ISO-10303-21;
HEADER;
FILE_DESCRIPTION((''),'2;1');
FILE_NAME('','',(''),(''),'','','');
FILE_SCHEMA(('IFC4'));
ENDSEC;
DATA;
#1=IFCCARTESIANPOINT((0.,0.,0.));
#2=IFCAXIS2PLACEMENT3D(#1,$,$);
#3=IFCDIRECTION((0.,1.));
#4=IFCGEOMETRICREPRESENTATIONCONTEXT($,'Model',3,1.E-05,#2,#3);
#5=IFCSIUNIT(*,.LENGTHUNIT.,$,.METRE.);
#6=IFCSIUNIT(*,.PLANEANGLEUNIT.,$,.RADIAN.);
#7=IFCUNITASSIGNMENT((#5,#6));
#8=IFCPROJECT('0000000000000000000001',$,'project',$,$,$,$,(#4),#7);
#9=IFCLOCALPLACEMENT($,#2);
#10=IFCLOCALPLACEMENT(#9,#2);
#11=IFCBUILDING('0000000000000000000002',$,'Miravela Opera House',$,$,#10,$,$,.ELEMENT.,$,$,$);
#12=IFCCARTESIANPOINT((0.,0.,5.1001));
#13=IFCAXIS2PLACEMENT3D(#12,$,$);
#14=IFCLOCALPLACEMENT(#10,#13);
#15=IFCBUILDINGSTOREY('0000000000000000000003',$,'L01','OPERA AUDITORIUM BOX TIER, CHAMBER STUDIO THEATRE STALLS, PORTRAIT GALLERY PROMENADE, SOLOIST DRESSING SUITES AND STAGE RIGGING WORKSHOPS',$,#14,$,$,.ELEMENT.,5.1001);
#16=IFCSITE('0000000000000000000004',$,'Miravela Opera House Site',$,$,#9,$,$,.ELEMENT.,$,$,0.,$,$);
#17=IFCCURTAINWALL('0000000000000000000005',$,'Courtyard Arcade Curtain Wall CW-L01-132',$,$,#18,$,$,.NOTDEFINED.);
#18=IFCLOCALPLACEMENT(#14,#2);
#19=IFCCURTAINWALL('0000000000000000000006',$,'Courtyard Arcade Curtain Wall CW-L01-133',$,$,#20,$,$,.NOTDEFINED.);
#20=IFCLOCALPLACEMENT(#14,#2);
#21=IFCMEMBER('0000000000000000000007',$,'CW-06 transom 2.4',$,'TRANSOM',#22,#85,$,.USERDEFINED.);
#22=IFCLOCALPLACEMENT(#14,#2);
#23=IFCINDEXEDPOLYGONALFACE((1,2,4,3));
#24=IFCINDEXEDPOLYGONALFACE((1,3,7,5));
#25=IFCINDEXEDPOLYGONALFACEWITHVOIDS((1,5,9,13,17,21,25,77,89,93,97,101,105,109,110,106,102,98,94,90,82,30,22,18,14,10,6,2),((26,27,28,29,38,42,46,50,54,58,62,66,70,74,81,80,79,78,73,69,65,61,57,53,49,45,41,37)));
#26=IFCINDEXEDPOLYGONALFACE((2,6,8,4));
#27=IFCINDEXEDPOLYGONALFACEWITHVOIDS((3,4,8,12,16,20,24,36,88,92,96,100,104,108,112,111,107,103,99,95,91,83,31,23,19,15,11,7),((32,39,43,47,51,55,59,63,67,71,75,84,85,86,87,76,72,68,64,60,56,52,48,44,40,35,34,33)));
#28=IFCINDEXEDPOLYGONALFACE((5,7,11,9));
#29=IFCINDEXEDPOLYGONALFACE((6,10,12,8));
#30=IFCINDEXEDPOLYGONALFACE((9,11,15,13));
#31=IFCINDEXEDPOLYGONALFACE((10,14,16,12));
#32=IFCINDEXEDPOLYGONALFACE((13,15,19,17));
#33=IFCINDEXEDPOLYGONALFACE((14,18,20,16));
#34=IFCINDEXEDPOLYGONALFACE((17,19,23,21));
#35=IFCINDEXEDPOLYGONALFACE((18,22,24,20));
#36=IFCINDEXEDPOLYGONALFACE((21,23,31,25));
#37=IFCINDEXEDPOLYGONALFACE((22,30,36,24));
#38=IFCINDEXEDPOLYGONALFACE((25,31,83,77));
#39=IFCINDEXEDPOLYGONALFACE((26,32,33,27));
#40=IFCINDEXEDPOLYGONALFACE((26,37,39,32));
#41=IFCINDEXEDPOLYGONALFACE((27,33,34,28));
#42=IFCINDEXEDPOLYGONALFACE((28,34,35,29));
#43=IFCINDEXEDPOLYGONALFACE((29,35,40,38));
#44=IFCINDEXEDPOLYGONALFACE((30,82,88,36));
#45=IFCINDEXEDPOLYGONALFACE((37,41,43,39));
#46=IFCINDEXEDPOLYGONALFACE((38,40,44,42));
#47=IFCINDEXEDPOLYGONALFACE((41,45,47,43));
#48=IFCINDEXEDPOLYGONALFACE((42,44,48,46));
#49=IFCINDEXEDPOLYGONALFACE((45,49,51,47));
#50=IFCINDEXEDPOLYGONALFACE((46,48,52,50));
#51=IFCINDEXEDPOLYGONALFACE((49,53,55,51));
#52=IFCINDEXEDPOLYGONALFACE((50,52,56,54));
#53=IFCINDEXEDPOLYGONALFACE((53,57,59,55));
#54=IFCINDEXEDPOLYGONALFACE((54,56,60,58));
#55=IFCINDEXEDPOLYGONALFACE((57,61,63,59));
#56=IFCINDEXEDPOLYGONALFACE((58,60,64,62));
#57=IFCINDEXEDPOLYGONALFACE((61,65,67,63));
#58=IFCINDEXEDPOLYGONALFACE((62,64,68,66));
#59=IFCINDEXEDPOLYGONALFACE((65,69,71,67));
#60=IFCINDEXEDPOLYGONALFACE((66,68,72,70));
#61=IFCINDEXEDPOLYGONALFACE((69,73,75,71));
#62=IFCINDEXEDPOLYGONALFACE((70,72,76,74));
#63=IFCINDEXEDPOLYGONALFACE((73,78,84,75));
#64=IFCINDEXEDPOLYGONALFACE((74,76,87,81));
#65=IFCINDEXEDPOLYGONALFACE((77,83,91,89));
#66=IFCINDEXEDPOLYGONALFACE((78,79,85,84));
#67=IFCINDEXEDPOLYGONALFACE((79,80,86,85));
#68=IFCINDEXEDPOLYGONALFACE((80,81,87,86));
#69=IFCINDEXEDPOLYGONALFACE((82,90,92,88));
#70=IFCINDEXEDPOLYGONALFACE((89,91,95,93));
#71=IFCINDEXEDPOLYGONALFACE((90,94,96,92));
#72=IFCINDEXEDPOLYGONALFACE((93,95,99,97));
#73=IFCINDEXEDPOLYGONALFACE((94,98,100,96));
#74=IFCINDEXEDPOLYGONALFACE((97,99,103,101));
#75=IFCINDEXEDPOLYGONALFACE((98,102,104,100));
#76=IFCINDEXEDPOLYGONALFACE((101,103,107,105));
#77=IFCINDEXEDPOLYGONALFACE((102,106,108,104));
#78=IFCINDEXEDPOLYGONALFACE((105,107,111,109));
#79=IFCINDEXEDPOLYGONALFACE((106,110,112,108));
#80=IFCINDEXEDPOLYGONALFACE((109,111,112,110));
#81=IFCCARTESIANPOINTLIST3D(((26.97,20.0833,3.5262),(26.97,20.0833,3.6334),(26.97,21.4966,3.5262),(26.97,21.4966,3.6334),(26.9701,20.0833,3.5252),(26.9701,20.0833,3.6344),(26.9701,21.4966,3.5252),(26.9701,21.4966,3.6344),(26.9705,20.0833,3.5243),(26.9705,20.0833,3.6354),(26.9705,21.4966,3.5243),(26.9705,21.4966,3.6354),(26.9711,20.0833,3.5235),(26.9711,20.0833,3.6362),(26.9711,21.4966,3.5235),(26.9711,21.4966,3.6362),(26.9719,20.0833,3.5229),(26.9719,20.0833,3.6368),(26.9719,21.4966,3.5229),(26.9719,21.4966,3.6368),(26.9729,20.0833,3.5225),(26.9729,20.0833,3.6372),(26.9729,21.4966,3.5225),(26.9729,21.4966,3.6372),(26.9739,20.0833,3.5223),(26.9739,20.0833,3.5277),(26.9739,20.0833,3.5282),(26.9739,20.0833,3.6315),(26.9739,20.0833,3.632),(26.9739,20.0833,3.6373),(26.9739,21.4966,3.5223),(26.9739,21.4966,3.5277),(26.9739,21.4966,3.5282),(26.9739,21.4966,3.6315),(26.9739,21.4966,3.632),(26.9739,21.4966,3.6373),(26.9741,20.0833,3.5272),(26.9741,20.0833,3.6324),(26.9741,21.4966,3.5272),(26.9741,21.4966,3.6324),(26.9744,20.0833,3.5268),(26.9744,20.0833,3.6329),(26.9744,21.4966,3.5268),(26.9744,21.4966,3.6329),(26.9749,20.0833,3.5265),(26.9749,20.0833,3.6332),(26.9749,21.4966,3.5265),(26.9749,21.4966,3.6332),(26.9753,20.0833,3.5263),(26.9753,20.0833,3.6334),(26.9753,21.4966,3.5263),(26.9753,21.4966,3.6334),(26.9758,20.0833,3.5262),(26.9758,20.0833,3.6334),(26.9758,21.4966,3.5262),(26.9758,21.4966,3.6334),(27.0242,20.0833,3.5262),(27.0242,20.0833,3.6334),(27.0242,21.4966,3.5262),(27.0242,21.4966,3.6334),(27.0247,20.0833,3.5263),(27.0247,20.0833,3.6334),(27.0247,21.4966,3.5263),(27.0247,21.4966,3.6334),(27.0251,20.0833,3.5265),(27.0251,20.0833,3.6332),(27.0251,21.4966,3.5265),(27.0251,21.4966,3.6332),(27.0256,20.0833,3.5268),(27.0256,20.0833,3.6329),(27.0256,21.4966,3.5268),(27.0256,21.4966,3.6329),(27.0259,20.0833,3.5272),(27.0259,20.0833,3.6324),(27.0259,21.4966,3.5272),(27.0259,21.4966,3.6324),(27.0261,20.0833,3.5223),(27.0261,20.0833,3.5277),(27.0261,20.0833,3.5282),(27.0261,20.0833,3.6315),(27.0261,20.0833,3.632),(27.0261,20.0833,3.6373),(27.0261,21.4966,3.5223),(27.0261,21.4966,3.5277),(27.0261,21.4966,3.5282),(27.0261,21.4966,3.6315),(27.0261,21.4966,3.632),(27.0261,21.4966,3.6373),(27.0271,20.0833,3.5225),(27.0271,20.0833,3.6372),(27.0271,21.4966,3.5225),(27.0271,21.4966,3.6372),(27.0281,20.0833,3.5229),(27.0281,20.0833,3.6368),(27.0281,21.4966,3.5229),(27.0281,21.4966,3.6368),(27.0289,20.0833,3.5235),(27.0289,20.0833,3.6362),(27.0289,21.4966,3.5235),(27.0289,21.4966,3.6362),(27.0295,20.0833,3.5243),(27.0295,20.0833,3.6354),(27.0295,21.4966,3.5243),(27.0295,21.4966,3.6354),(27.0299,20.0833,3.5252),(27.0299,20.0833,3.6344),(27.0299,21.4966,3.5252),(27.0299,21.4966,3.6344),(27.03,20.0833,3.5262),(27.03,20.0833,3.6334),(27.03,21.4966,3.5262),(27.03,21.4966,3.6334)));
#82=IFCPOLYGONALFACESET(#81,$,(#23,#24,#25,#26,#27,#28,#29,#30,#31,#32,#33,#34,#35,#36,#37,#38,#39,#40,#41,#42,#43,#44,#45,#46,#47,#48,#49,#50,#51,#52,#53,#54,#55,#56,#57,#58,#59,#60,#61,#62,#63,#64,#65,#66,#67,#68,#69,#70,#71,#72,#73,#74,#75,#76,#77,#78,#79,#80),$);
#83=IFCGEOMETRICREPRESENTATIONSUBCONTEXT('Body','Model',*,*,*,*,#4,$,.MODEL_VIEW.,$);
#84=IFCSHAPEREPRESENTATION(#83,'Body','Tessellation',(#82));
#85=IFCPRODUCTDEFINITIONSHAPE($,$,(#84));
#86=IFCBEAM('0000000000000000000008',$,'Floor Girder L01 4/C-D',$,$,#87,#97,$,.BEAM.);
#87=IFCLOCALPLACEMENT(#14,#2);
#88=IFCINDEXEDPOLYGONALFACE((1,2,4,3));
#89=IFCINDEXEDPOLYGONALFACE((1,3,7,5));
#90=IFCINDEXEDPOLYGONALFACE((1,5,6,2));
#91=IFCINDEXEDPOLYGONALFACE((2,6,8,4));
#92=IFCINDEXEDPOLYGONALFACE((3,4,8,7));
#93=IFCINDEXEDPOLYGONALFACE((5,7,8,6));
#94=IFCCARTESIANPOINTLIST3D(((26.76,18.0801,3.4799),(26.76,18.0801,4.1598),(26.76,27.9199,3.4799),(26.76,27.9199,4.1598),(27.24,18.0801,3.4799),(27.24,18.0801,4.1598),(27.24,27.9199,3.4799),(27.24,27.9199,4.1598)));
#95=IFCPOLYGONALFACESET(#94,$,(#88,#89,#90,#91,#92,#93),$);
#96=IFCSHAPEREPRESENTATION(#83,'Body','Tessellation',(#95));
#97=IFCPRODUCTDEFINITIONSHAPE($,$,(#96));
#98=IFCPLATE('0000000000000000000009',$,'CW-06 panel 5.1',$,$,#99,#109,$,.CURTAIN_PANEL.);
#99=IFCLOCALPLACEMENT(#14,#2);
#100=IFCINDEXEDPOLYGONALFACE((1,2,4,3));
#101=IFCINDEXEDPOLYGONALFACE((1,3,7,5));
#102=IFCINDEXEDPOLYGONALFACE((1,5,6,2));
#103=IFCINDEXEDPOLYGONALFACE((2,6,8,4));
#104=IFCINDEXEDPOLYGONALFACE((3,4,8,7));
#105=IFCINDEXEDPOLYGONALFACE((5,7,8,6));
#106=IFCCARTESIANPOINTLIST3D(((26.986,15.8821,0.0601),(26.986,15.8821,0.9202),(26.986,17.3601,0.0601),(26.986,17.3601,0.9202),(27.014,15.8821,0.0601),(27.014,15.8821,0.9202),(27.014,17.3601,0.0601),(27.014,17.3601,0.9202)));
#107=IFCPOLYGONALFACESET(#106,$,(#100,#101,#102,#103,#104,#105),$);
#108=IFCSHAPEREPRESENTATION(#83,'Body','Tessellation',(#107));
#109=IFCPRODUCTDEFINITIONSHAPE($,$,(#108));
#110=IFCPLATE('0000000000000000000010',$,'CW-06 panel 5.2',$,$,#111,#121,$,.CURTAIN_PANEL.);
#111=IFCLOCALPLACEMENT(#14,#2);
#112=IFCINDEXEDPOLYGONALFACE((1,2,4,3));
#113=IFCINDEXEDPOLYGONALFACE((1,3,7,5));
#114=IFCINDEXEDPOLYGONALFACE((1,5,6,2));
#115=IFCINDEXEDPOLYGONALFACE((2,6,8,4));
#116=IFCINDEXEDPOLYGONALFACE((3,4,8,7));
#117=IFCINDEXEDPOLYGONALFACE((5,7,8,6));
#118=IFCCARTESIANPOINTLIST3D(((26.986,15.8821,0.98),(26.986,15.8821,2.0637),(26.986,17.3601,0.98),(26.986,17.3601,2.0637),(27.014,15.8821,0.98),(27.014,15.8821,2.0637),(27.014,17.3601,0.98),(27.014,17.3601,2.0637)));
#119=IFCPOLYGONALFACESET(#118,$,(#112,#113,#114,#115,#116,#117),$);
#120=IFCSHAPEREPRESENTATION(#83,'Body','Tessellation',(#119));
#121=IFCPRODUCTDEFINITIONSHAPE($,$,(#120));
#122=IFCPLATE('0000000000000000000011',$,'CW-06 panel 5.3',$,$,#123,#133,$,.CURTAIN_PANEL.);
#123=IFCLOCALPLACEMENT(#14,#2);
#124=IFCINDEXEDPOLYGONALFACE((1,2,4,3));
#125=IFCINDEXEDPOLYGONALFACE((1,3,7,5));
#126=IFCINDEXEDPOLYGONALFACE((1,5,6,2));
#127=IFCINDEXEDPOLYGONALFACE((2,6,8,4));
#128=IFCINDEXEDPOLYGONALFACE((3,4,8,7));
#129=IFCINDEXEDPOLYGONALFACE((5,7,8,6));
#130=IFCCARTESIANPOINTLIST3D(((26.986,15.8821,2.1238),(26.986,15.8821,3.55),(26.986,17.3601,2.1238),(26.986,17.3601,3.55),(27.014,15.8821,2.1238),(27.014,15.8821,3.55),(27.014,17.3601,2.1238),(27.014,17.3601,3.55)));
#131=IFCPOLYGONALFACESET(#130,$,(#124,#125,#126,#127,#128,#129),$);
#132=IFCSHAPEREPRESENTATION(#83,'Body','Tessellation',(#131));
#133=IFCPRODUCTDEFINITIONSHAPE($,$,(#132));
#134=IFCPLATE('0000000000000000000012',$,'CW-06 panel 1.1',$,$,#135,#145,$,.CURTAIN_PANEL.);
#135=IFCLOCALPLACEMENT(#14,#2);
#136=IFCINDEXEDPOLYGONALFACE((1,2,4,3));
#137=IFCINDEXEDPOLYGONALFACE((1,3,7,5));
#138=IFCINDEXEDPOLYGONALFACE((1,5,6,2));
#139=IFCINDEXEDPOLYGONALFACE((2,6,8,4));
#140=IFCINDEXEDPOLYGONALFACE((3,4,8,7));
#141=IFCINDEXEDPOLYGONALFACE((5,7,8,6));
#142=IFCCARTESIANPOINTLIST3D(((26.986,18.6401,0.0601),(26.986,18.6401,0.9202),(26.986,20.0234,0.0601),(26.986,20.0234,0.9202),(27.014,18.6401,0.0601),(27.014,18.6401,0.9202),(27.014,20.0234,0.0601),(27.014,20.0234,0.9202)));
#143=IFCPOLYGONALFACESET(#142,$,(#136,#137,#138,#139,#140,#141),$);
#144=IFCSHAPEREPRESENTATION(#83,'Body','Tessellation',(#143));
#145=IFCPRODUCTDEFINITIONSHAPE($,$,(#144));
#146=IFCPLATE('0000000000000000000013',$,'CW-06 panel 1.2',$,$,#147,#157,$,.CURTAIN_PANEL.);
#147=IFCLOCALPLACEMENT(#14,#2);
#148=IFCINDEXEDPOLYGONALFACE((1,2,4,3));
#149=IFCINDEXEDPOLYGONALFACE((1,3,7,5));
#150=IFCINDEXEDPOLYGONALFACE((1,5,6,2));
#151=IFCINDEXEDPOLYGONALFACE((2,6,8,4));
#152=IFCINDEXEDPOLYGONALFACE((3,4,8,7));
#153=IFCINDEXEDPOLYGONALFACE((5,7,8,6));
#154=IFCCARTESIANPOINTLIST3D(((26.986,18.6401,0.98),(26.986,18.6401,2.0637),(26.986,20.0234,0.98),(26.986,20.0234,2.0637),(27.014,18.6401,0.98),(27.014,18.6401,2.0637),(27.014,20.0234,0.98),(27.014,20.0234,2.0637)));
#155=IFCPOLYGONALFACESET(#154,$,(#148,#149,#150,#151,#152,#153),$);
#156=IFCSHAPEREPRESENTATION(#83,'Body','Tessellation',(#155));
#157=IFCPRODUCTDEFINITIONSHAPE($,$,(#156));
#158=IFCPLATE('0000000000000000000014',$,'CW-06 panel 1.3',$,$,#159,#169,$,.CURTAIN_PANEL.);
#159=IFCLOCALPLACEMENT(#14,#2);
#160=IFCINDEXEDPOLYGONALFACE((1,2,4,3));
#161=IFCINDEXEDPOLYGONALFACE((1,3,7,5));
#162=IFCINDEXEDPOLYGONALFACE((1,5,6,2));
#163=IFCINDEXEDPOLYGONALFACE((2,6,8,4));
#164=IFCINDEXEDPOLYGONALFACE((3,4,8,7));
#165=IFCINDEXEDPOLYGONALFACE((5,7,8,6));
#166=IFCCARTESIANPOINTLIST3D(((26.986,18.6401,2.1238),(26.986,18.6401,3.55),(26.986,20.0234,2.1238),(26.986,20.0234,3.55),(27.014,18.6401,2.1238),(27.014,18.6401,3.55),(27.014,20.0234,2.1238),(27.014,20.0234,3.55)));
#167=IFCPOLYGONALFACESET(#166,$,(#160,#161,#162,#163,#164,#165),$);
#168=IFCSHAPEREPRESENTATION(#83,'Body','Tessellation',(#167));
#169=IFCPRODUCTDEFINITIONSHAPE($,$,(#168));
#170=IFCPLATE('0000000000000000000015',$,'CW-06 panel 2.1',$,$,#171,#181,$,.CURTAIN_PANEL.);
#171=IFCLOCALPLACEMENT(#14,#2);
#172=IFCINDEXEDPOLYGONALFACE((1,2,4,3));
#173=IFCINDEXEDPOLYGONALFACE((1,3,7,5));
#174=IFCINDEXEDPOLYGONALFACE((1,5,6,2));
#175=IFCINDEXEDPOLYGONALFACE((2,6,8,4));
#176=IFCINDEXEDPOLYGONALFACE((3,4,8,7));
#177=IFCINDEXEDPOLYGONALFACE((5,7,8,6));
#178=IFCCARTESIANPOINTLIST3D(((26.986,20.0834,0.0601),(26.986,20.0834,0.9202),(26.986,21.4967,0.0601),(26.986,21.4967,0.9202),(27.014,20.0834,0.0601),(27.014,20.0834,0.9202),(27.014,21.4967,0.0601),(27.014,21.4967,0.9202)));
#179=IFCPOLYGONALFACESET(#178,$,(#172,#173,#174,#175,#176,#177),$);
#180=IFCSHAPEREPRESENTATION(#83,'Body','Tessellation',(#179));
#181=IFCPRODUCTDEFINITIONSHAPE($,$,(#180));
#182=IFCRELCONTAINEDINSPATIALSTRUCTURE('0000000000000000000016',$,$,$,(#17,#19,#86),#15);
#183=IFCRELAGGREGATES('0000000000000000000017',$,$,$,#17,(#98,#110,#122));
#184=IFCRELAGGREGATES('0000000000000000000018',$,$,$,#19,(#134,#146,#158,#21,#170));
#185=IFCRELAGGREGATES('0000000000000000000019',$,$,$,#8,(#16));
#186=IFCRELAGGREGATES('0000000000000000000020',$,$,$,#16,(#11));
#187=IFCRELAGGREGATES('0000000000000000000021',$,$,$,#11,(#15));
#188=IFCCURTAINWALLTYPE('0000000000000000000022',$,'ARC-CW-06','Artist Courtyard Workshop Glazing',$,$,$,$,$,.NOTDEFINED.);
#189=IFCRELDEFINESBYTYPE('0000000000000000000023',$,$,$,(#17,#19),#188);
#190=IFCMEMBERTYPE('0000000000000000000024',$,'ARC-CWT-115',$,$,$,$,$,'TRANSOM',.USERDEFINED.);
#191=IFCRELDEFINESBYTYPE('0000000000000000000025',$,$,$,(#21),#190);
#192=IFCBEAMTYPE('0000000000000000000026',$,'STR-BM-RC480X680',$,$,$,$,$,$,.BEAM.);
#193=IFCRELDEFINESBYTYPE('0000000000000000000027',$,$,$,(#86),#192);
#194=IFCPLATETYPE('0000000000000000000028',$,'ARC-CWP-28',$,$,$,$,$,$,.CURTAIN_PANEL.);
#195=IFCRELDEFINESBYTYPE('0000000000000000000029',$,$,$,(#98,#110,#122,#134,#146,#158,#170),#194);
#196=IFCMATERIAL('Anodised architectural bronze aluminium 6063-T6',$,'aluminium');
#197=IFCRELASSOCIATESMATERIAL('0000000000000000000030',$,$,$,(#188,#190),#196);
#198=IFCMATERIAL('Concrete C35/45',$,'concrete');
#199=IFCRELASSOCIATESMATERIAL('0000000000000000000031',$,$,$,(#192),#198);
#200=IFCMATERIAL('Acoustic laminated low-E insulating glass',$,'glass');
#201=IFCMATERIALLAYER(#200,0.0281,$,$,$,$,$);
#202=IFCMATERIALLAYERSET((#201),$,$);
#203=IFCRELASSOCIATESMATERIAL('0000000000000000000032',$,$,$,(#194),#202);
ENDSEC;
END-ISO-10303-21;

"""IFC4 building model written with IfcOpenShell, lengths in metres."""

from ifc_helpers import new_model, si_unit, direction, frame, origin, origin_2d, place, context, subcontext, project, spatial, rectangle, hollow_rectangle, extrude, material, layer, layer_set, material_profile, profile_set, type_object, element, aggregate, save


model = new_model("IFC4")

# Units and contexts
model_context = context("Model", 3, precision=1e-05, world=origin(), true_north=direction((0.0, 1.0)))
body_context = subcontext(model_context, "Body", "Model", "MODEL_VIEW")
ifc_project = project(units=[si_unit("LENGTHUNIT", "METRE"), si_unit("PLANEANGLEUNIT", "RADIAN")], contexts=[model_context])

# Site, building, storey
site_placement = place(None, origin())
site = spatial("IfcSite", under=ifc_project, at=site_placement, Name="Miravela Opera House Site", CompositionType="ELEMENT", RefElevation=0.0)
building_placement = place(site_placement, origin())
building = spatial("IfcBuilding", under=site, at=building_placement, Name="Miravela Opera House", CompositionType="ELEMENT")
storey_placement = place(building_placement, frame((0.0, 0.0, 5.1001)))
storey = spatial("IfcBuildingStorey", under=building, at=storey_placement, Name="L01", Description="OPERA AUDITORIUM BOX TIER, CHAMBER STUDIO THEATRE STALLS, PORTRAIT GALLERY PROMENADE, SOLOIST DRESSING SUITES AND STAGE RIGGING WORKSHOPS", CompositionType="ELEMENT", Elevation=5.1001)

# Shared definitions
ifc_material_1 = material(Name="Concrete C35/45", Category="concrete")

# Curtain wall
ifc_material_2 = material(Name="Anodised architectural bronze aluminium 6063-T6", Category="aluminium")
curtain_wall_type = type_object("IfcCurtainWallType", Name="ARC-CW-06", Description="Artist Courtyard Workshop Glazing", PredefinedType="NOTDEFINED", material=ifc_material_2)
curtain_wall_1_placement = place(storey_placement, origin())
curtain_wall_1 = element("IfcCurtainWall", 1, at=curtain_wall_1_placement, inside=storey, type_object=curtain_wall_type, Name="Courtyard Arcade Curtain Wall CW-L01-132", PredefinedType="NOTDEFINED")

# Curtain wall
curtain_wall_2_placement = place(storey_placement, origin())
curtain_wall_2 = element("IfcCurtainWall", 2, at=curtain_wall_2_placement, inside=storey, type_object=curtain_wall_type, Name="Courtyard Arcade Curtain Wall CW-L01-133", PredefinedType="NOTDEFINED")

# Member
ifc_material_profile_1 = material_profile(ifc_material_2, hollow_rectangle(XDim=0.0601, YDim=0.115, WallThickness=0.0039, InnerFilletRadius=0.002, OuterFilletRadius=0.0039, at=origin_2d()), Name="CWT-60X115")
ifc_profile_set_1 = profile_set([ifc_material_profile_1])
member_type_1 = type_object("IfcMemberType", Name="ARC-CWT-115", ElementType="TRANSOM", PredefinedType="USERDEFINED", material=ifc_profile_set_1)
member_1_placement = place(storey_placement, frame((27.0, 20.0833, 3.5798), z_axis=(0.0, 1.0, 0.0), x_axis=(-1.0, 0.0, 0.0)))
member_1 = element("IfcMember", 3, at=member_1_placement, type_object=member_type_1, Name="CW-06 transom 2.4", ObjectType="TRANSOM", PredefinedType="USERDEFINED", context=body_context, shape_type="SweptSolid", body=[
    extrude(hollow_rectangle(XDim=0.0601, YDim=0.115, WallThickness=0.0039, InnerFilletRadius=0.002, OuterFilletRadius=0.0039, at=origin_2d()), origin(), (0.0, 0.0, 1.0), 1.4133),
])

# Beam
ifc_material_profile_2 = material_profile(ifc_material_1, rectangle(XDim=0.48, YDim=0.6799, at=origin_2d()), Name="RC-BM-480X680")
ifc_profile_set_2 = profile_set([ifc_material_profile_2])
beam_type = type_object("IfcBeamType", Name="STR-BM-RC480X680", PredefinedType="BEAM", material=ifc_profile_set_2)
beam_placement = place(storey_placement, frame((27.0, 18.0801, 3.8198), z_axis=(0.0, 1.0, 0.0), x_axis=(-1.0, 0.0, 0.0)))
element("IfcBeam", 4, at=beam_placement, inside=storey, type_object=beam_type, Name="Floor Girder L01 4/C-D", PredefinedType="BEAM", context=body_context, shape_type="SweptSolid", body=[
    extrude(rectangle(XDim=0.48, YDim=0.6799, at=origin_2d()), origin(), (0.0, 0.0, 1.0), 9.8398),
])

# Plates
ifc_material_3 = material(Name="Acoustic laminated low-E insulating glass", Category="glass")
ifc_layer = layer(ifc_material_3, 0.0281)
ifc_layer_set = layer_set([ifc_layer])
plate_type = type_object("IfcPlateType", Name="ARC-CWP-28", PredefinedType="CURTAIN_PANEL", material=ifc_layer_set)
plate_1_placement = place(storey_placement, frame((27.0, 16.6211, 0.0601), z_axis=(0.0, 0.0, 1.0), x_axis=(0.0, 1.0, 0.0)))
plate_1 = element("IfcPlate", 5, at=plate_1_placement, type_object=plate_type, Name="CW-06 panel 5.1", PredefinedType="CURTAIN_PANEL", context=body_context, shape_type="SweptSolid", body=[
    extrude(rectangle(XDim=1.478, YDim=0.0281, at=origin_2d()), origin(), (0.0, 0.0, 1.0), 0.8601),
])
plate_2_placement = place(storey_placement, frame((27.0, 16.6211, 0.98), z_axis=(0.0, 0.0, 1.0), x_axis=(0.0, 1.0, 0.0)))
plate_2 = element("IfcPlate", 6, at=plate_2_placement, type_object=plate_type, Name="CW-06 panel 5.2", PredefinedType="CURTAIN_PANEL", context=body_context, shape_type="SweptSolid", body=[
    extrude(rectangle(XDim=1.478, YDim=0.0281, at=origin_2d()), origin(), (0.0, 0.0, 1.0), 1.0837),
])
plate_3_placement = place(storey_placement, frame((27.0, 16.6211, 2.1238), z_axis=(0.0, 0.0, 1.0), x_axis=(0.0, 1.0, 0.0)))
plate_3 = element("IfcPlate", 7, at=plate_3_placement, type_object=plate_type, Name="CW-06 panel 5.3", PredefinedType="CURTAIN_PANEL", context=body_context, shape_type="SweptSolid", body=[
    extrude(rectangle(XDim=1.478, YDim=0.0281, at=origin_2d()), origin(), (0.0, 0.0, 1.0), 1.4263),
])
aggregate(curtain_wall_1, [plate_1, plate_2, plate_3])
plate_4_placement = place(storey_placement, frame((27.0, 19.3318, 0.0601), z_axis=(0.0, 0.0, 1.0), x_axis=(0.0, 1.0, 0.0)))
plate_4 = element("IfcPlate", 8, at=plate_4_placement, type_object=plate_type, Name="CW-06 panel 1.1", PredefinedType="CURTAIN_PANEL", context=body_context, shape_type="SweptSolid", body=[
    extrude(rectangle(XDim=1.3833, YDim=0.0281, at=origin_2d()), origin(), (0.0, 0.0, 1.0), 0.8601),
])
plate_5_placement = place(storey_placement, frame((27.0, 19.3318, 0.98), z_axis=(0.0, 0.0, 1.0), x_axis=(0.0, 1.0, 0.0)))
plate_5 = element("IfcPlate", 9, at=plate_5_placement, type_object=plate_type, Name="CW-06 panel 1.2", PredefinedType="CURTAIN_PANEL", context=body_context, shape_type="SweptSolid", body=[
    extrude(rectangle(XDim=1.3833, YDim=0.0281, at=origin_2d()), origin(), (0.0, 0.0, 1.0), 1.0837),
])
plate_6_placement = place(storey_placement, frame((27.0, 19.3318, 2.1238), z_axis=(0.0, 0.0, 1.0), x_axis=(0.0, 1.0, 0.0)))
plate_6 = element("IfcPlate", 10, at=plate_6_placement, type_object=plate_type, Name="CW-06 panel 1.3", PredefinedType="CURTAIN_PANEL", context=body_context, shape_type="SweptSolid", body=[
    extrude(rectangle(XDim=1.3833, YDim=0.0281, at=origin_2d()), origin(), (0.0, 0.0, 1.0), 1.4263),
])
plate_7_placement = place(storey_placement, frame((27.0, 20.79, 0.0601), z_axis=(0.0, 0.0, 1.0), x_axis=(0.0, 1.0, 0.0)))
plate_7 = element("IfcPlate", 11, at=plate_7_placement, type_object=plate_type, Name="CW-06 panel 2.1", PredefinedType="CURTAIN_PANEL", context=body_context, shape_type="SweptSolid", body=[
    extrude(rectangle(XDim=1.4133, YDim=0.0281, at=origin_2d()), origin(), (0.0, 0.0, 1.0), 0.8601),
])
aggregate(curtain_wall_2, [plate_4, plate_5, plate_6, member_1, plate_7])

save(model, "model.ifc")
